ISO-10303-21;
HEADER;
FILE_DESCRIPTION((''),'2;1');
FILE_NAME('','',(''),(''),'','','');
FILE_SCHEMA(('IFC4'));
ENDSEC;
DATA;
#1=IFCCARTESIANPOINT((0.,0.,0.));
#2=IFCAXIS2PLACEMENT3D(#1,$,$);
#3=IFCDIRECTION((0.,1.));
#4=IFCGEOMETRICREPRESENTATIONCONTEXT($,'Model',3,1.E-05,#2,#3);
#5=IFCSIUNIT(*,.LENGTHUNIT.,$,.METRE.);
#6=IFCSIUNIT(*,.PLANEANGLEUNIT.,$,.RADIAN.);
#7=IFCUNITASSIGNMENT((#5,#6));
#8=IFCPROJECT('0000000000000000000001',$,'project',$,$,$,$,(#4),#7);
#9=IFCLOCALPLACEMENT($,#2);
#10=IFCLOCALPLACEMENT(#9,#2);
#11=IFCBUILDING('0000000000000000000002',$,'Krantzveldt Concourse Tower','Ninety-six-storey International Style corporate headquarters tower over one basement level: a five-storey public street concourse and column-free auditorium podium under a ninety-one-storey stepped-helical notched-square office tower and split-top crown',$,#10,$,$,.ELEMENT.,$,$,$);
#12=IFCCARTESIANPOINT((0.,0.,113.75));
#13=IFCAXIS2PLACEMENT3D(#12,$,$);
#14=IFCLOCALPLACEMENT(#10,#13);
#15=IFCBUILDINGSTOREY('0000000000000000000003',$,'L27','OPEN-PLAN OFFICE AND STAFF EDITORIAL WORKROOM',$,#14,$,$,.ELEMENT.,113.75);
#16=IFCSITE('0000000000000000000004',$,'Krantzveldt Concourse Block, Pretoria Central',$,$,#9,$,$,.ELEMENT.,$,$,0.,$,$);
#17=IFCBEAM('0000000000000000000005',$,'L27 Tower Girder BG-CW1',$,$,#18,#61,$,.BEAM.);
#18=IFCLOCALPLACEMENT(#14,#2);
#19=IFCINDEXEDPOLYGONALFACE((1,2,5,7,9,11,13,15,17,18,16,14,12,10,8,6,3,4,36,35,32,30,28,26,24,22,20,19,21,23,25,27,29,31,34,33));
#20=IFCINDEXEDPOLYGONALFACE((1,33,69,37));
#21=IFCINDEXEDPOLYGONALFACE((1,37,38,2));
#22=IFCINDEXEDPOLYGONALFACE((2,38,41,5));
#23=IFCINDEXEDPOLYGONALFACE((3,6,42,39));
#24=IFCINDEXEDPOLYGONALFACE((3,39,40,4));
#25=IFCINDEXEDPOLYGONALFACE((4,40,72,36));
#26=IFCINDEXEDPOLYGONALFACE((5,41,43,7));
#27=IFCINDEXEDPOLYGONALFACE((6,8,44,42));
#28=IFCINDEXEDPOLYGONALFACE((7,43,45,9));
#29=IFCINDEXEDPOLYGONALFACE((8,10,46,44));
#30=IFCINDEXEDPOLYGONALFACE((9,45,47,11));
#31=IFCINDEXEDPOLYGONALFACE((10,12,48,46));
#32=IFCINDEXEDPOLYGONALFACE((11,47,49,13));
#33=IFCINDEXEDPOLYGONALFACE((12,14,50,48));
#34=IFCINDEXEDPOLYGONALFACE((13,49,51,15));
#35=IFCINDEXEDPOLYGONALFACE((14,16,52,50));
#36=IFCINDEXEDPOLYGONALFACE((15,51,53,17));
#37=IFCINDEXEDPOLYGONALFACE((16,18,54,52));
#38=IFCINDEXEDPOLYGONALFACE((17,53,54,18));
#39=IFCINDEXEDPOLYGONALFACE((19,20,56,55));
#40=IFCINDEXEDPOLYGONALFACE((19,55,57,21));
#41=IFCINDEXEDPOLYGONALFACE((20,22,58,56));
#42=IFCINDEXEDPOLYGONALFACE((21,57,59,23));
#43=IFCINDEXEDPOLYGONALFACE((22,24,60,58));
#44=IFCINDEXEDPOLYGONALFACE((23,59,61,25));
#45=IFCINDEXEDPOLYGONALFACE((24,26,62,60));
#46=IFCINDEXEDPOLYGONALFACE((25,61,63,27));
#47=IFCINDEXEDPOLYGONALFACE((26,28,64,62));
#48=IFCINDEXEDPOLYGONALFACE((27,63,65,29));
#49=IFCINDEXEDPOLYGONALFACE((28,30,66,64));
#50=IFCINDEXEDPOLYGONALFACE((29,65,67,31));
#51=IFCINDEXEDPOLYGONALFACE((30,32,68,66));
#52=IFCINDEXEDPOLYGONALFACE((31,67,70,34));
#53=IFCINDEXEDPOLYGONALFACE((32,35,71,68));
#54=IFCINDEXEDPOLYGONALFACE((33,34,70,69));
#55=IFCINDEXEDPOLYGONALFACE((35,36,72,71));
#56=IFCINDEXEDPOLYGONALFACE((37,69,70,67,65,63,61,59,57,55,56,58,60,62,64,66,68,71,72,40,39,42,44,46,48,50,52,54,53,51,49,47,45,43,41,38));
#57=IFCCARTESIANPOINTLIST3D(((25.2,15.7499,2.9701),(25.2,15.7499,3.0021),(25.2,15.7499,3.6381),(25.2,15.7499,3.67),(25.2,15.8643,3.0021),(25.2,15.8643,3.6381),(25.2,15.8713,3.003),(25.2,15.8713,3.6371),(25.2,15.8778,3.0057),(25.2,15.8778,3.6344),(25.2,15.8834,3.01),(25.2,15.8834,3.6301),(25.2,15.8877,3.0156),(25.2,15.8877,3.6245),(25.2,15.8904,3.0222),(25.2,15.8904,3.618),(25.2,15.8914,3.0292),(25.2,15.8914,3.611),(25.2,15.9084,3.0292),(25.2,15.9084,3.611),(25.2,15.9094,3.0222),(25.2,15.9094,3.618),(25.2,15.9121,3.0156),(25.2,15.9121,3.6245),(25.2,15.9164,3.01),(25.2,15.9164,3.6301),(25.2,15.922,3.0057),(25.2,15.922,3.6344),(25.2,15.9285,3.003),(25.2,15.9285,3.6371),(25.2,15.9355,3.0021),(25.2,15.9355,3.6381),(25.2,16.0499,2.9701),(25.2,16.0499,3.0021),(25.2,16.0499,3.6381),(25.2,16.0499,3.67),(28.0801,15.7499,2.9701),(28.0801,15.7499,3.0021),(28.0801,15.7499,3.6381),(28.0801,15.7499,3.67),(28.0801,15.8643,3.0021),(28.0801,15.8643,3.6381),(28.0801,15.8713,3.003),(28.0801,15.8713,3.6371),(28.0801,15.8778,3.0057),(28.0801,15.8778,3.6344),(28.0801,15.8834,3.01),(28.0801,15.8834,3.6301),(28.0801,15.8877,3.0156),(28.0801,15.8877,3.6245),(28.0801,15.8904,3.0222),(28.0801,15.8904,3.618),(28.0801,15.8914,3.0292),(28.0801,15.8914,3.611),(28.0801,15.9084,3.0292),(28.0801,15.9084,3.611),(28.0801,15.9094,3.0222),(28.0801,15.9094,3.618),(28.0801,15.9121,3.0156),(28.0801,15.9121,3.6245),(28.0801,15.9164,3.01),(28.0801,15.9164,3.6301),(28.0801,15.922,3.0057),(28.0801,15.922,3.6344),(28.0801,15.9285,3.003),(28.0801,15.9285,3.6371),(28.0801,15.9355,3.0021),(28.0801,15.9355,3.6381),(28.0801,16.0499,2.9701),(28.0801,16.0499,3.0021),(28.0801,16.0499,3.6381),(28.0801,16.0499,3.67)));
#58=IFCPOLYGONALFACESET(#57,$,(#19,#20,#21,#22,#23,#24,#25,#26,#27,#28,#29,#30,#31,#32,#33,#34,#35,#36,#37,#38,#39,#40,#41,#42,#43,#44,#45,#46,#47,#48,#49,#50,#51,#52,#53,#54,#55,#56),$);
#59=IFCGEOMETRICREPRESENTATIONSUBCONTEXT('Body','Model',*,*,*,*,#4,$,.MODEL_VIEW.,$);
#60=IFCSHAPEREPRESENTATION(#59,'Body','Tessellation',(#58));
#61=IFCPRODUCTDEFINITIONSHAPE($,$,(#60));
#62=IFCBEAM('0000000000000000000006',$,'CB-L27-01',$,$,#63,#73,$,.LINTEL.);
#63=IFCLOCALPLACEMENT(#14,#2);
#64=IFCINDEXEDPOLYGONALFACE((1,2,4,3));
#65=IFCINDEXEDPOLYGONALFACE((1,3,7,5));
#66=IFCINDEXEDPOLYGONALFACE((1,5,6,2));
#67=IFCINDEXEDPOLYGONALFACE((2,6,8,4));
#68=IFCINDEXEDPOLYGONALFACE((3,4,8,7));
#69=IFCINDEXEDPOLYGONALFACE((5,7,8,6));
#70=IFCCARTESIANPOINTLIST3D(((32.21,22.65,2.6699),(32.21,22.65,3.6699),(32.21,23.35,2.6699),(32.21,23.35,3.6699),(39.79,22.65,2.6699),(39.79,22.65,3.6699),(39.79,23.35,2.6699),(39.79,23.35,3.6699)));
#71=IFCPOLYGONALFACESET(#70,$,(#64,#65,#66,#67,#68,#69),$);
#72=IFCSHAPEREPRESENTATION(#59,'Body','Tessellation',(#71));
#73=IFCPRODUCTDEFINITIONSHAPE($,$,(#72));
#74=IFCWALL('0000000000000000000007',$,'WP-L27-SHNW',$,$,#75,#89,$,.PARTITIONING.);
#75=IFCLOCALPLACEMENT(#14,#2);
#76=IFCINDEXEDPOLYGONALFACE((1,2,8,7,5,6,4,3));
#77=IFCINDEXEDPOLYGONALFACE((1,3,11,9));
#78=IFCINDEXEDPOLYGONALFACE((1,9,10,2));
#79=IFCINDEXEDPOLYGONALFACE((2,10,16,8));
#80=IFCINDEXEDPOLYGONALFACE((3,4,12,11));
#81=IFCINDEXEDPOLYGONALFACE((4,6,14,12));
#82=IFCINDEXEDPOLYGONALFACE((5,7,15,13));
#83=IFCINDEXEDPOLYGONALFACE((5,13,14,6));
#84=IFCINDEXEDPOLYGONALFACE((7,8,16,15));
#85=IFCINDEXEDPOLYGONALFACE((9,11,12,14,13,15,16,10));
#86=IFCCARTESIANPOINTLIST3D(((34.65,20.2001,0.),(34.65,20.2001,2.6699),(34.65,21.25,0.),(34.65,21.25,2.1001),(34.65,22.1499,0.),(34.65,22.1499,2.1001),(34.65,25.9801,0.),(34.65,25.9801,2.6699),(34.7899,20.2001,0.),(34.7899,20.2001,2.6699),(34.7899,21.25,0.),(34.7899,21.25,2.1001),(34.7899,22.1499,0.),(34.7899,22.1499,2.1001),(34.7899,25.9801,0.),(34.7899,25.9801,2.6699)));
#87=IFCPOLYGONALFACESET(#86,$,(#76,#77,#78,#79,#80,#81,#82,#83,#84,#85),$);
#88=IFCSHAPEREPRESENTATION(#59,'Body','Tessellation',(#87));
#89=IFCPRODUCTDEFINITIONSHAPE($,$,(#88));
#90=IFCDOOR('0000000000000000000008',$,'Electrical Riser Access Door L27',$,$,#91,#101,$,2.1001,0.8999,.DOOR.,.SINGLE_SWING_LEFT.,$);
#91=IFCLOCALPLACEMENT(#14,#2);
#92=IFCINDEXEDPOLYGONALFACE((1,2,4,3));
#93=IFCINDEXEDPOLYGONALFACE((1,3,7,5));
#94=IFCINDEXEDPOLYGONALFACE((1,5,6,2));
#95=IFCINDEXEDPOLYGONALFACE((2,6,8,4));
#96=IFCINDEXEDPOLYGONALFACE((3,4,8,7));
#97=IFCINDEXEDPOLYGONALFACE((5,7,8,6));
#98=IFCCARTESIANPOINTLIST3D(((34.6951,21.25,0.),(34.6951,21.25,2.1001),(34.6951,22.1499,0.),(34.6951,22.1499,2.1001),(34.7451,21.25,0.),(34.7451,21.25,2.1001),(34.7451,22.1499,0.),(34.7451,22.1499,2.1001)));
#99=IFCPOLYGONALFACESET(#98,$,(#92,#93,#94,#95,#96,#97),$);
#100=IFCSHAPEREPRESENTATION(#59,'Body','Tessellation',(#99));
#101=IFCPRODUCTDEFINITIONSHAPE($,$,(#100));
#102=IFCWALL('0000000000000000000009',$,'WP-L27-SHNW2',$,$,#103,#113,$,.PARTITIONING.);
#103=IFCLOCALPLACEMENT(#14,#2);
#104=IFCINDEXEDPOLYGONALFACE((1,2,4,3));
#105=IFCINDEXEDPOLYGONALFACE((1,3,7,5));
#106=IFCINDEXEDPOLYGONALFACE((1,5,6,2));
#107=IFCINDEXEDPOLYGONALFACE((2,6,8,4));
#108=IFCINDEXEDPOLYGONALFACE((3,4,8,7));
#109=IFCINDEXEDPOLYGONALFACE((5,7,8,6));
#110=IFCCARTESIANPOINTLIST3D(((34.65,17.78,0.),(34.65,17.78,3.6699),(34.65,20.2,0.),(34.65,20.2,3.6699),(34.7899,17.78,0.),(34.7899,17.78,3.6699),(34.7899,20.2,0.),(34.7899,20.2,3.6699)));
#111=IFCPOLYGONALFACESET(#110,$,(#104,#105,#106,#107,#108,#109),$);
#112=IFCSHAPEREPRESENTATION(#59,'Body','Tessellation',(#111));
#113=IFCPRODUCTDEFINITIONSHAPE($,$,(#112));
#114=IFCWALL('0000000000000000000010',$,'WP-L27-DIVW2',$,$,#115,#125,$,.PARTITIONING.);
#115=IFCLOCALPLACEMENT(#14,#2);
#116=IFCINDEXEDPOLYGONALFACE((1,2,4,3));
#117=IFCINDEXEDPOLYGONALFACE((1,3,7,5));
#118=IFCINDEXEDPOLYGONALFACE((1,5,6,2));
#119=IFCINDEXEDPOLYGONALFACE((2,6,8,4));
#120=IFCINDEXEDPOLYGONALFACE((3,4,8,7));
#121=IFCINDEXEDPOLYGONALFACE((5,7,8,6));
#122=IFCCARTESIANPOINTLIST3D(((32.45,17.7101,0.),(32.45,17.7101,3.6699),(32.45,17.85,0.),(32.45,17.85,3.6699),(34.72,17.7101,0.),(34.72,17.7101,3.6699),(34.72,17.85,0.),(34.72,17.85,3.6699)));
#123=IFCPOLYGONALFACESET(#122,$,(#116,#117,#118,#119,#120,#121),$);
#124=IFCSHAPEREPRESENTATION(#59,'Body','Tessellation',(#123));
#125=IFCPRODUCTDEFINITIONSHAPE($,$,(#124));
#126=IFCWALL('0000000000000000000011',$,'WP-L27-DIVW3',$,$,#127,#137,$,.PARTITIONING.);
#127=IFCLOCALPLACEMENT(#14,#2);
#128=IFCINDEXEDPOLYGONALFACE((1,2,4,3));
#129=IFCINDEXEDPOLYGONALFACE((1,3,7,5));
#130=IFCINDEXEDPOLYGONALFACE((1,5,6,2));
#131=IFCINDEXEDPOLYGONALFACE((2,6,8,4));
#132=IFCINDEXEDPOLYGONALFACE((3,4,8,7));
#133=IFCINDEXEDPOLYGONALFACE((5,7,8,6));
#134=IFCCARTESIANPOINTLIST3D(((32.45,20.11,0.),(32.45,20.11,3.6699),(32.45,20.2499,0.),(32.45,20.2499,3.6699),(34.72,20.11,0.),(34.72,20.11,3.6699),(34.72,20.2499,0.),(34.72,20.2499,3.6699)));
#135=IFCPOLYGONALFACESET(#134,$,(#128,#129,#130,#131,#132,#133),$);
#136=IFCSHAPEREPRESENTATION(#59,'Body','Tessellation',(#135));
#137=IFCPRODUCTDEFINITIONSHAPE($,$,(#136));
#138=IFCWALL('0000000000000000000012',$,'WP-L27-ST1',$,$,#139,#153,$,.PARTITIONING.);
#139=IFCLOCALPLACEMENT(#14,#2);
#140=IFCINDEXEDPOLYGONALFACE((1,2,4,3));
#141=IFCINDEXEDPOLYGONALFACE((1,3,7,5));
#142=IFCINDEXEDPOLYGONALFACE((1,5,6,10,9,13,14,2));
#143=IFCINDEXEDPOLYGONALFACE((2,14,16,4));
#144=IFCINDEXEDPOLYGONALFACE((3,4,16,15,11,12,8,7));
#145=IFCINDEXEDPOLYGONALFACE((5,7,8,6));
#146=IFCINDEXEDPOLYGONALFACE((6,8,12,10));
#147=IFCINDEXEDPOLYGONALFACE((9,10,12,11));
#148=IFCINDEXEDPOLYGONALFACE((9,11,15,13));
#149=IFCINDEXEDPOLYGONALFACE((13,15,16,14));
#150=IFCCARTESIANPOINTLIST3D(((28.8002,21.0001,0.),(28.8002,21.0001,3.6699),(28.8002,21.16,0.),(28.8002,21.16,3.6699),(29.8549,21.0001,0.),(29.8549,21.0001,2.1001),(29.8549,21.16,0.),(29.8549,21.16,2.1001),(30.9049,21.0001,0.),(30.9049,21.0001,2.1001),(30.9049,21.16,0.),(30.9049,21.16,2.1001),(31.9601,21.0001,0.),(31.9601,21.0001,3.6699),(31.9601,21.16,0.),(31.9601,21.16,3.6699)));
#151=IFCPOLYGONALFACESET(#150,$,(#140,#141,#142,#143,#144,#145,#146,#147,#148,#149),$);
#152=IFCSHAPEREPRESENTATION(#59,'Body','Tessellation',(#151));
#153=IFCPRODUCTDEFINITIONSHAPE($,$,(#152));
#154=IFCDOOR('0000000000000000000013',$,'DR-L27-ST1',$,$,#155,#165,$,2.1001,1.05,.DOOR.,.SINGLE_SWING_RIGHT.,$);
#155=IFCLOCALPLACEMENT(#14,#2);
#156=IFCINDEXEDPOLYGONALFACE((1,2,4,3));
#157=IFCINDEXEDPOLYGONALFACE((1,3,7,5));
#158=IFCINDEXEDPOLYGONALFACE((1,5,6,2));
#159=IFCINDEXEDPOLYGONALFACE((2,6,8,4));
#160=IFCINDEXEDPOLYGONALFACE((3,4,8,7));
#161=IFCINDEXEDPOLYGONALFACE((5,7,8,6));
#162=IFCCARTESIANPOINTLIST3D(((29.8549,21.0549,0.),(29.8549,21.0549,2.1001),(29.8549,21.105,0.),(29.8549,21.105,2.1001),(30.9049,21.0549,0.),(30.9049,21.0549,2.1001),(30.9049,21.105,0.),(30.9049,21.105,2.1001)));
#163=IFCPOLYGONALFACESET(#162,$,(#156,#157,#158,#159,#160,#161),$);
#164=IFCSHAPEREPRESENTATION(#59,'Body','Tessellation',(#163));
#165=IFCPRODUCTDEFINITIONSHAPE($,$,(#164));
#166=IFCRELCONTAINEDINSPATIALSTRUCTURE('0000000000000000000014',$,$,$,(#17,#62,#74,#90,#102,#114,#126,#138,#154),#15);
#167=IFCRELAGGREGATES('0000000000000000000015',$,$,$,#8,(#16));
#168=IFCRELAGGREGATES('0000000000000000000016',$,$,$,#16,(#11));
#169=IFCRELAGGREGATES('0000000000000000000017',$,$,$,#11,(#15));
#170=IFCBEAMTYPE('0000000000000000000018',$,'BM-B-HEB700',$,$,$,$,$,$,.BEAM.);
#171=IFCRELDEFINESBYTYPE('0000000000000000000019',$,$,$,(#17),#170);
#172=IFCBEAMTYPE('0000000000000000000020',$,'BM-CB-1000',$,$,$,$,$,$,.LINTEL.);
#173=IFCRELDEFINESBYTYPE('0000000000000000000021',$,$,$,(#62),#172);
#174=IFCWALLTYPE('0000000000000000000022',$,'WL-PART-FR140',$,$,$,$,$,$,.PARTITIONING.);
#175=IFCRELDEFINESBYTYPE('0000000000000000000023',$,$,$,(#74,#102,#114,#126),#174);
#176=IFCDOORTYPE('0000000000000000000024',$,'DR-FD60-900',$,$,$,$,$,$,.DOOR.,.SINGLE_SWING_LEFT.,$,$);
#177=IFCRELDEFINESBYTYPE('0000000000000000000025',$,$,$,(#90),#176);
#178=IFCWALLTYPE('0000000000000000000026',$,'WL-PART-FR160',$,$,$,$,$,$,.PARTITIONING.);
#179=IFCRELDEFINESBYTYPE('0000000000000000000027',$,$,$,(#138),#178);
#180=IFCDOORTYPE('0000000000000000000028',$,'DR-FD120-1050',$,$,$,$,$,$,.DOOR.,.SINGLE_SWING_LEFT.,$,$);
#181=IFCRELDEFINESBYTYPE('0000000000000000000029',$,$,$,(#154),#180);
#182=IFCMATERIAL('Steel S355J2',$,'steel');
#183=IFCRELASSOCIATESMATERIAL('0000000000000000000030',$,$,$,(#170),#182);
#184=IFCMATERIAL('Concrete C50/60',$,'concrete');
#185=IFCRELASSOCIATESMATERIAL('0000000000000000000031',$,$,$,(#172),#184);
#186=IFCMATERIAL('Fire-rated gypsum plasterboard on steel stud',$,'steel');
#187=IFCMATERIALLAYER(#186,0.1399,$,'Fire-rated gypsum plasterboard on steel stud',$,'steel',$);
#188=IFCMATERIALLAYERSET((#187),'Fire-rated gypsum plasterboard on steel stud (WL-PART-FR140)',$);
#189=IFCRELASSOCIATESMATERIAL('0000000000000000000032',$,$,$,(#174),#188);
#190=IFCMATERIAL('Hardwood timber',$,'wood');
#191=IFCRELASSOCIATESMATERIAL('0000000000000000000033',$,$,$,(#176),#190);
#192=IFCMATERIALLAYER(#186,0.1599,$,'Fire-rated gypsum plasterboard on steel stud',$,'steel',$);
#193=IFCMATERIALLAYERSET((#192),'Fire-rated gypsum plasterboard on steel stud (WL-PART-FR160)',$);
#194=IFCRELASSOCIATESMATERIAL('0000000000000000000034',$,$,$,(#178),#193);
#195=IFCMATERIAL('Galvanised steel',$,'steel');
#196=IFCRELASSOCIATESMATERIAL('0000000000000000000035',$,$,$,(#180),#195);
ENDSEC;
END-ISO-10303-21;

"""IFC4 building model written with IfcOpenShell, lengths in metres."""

from ifc_helpers import new_model, si_unit, direction, frame, frame_2d, origin, origin_2d, place, context, subcontext, project, spatial, rectangle, i_section, extrude, source, transform, mapped, material, layer, layer_set, material_profile, profile_set, type_object, type_shapes, element, fill, save


model = new_model("IFC4")

# Units and contexts
model_context = context("Model", 3, precision=1e-05, world=origin(), true_north=direction((0.0, 1.0)))
body_context = subcontext(model_context, "Body", "Model", "MODEL_VIEW")
ifc_project = project(units=[si_unit("LENGTHUNIT", "METRE"), si_unit("PLANEANGLEUNIT", "RADIAN")], contexts=[model_context])

# Site, building, storey
site_placement = place(None, origin())
site = spatial("IfcSite", under=ifc_project, at=site_placement, Name="Krantzveldt Concourse Block, Pretoria Central", CompositionType="ELEMENT", RefElevation=0.0)
building_placement = place(site_placement, origin())
building = spatial("IfcBuilding", under=site, at=building_placement, Name="Krantzveldt Concourse Tower", Description="Ninety-six-storey International Style corporate headquarters tower over one basement level: a five-storey public street concourse and column-free auditorium podium under a ninety-one-storey stepped-helical notched-square office tower and split-top crown", CompositionType="ELEMENT")
storey_placement = place(building_placement, frame((0.0, 0.0, 113.75)))
storey = spatial("IfcBuildingStorey", under=building, at=storey_placement, Name="L27", Description="OPEN-PLAN OFFICE AND STAFF EDITORIAL WORKROOM", CompositionType="ELEMENT", Elevation=113.75)

# Beams
ifc_material_1 = material(Name="Steel S355J2", Category="steel")
ifc_material_profile_1 = material_profile(ifc_material_1, i_section(OverallWidth=0.3, OverallDepth=0.7, WebThickness=0.0171, FlangeThickness=0.032, FilletRadius=0.0271, at=origin_2d()), Name="Steel S355J2", Category="steel")
ifc_profile_set_1 = profile_set([ifc_material_profile_1], Name="Steel S355J2 - HEB 700")
beam_type_1 = type_object("IfcBeamType", Name="BM-B-HEB700", PredefinedType="BEAM", material=ifc_profile_set_1)
shared_shape_1 = source(origin(), body_context, "Body", "SweptSolid", [
    extrude(i_section(OverallWidth=0.3, OverallDepth=0.7, WebThickness=0.0171, FlangeThickness=0.032, FilletRadius=0.0271, at=origin_2d()), origin(), (0.0, 0.0, 1.0), 2.8801),
])
type_shapes(beam_type_1, [shared_shape_1])
beam_1_placement = place(storey_placement, frame((25.2, 15.8999, 3.3201), z_axis=(1.0, 0.0, 0.0), x_axis=(0.0, 1.0, 0.0)))
element("IfcBeam", 1, at=beam_1_placement, inside=storey, type_object=beam_type_1, Name="L27 Tower Girder BG-CW1", PredefinedType="BEAM", context=body_context, shape_type="MappedRepresentation", body=[
    mapped(shared_shape_1, transform((0.0, 0.0, 0.0), x_axis=(1.0, 0.0, 0.0), y_axis=(0.0, 1.0, 0.0), z_axis=(0.0, 0.0, 1.0), scale=1.0)),
])
ifc_material_2 = material(Name="Concrete C50/60", Category="concrete")
ifc_material_profile_2 = material_profile(ifc_material_2, rectangle(XDim=0.7, YDim=1.0, at=origin_2d()), Name="Concrete C50/60", Category="concrete")
ifc_profile_set_2 = profile_set([ifc_material_profile_2], Name="Concrete C50/60 - RC-CB 700x1000")
beam_type_2 = type_object("IfcBeamType", Name="BM-CB-1000", PredefinedType="LINTEL", material=ifc_profile_set_2)
shared_shape_2 = source(origin(), body_context, "Body", "SweptSolid", [
    extrude(rectangle(XDim=0.7, YDim=1.0, at=origin_2d()), origin(), (0.0, 0.0, 1.0), 7.5801),
])
type_shapes(beam_type_2, [shared_shape_2])
beam_2_placement = place(storey_placement, frame((32.21, 23.0, 3.1699), z_axis=(1.0, 0.0, 0.0), x_axis=(0.0, 1.0, 0.0)))
element("IfcBeam", 2, at=beam_2_placement, inside=storey, type_object=beam_type_2, Name="CB-L27-01", PredefinedType="LINTEL", context=body_context, shape_type="MappedRepresentation", body=[
    mapped(shared_shape_2, transform((0.0, 0.0, 0.0), x_axis=(1.0, 0.0, 0.0), y_axis=(0.0, 1.0, 0.0), z_axis=(0.0, 0.0, 1.0), scale=1.0)),
])

# Wall, opening, door
ifc_material_3 = material(Name="Fire-rated gypsum plasterboard on steel stud", Category="steel")
ifc_layer_1 = layer(ifc_material_3, 0.1399, Name="Fire-rated gypsum plasterboard on steel stud", Category="steel")
ifc_layer_set_1 = layer_set([ifc_layer_1], Name="Fire-rated gypsum plasterboard on steel stud (WL-PART-FR140)")
wall_type_1 = type_object("IfcWallType", Name="WL-PART-FR140", PredefinedType="PARTITIONING", material=ifc_layer_set_1)
wall_1_placement = place(storey_placement, frame((34.72, 20.2, 0.0), z_axis=(0.0, 0.0, 1.0), x_axis=(0.0, 1.0, 0.0)))
wall_1 = element("IfcWall", 3, at=wall_1_placement, inside=storey, type_object=wall_type_1, Name="WP-L27-SHNW", PredefinedType="PARTITIONING", context=body_context, shape_type="SweptSolid", body=[
    extrude(rectangle(XDim=5.78, YDim=0.1399, at=frame_2d((2.8901, 0.0))), origin(), (0.0, 0.0, 1.0), 2.6699),
])
opening_1_placement = place(wall_1_placement, frame((1.05, 0.0, 0.0)))
opening_1 = element("IfcOpeningElement", 4, at=opening_1_placement, cuts=wall_1, PredefinedType="OPENING", context=body_context, shape_type="SweptSolid", body=[
    extrude(rectangle(XDim=0.8999, YDim=2.1001, at=frame_2d((0.45, 1.05))), frame((0.0, 0.0801, 0.0), z_axis=(0.0, -1.0, 0.0), x_axis=(1.0, 0.0, 0.0)), (0.0, 0.0, 1.0), 0.1599),
])
ifc_material_4 = material(Name="Hardwood timber", Category="wood")
door_type_1 = type_object("IfcDoorType", Name="DR-FD60-900", OperationType="SINGLE_SWING_LEFT", PredefinedType="DOOR", material=ifc_material_4)
door_1_placement = place(opening_1_placement, origin())
door_1 = element("IfcDoor", 5, at=door_1_placement, inside=storey, type_object=door_type_1, Name="Electrical Riser Access Door L27", OperationType="SINGLE_SWING_LEFT", OverallHeight=2.1001, OverallWidth=0.8999, PredefinedType="DOOR", context=body_context, shape_type="SweptSolid", body=[
    extrude(rectangle(XDim=0.8999, YDim=2.1001, at=frame_2d((0.45, 1.05))), frame((0.0, 0.0249, 0.0), z_axis=(0.0, -1.0, 0.0), x_axis=(1.0, 0.0, 0.0)), (0.0, 0.0, 1.0), 0.05),
])
fill(opening_1, door_1)

# Walls
wall_2_placement = place(storey_placement, frame((34.72, 17.78, 0.0), z_axis=(0.0, 0.0, 1.0), x_axis=(0.0, 1.0, 0.0)))
element("IfcWall", 6, at=wall_2_placement, inside=storey, type_object=wall_type_1, Name="WP-L27-SHNW2", PredefinedType="PARTITIONING", context=body_context, shape_type="SweptSolid", body=[
    extrude(rectangle(XDim=2.4199, YDim=0.1399, at=frame_2d((1.21, 0.0))), origin(), (0.0, 0.0, 1.0), 3.6699),
])
for number, where, z_axis, x_axis, name in (
    (7, (32.45, 17.78, 0.0), (0.0, 0.0, 1.0), (1.0, 0.0, 0.0), "WP-L27-DIVW2"),
    (8, (32.45, 20.1799, 0.0), (0.0, 0.0, 1.0), (1.0, 0.0, 0.0), "WP-L27-DIVW3"),
):
    element("IfcWall", number, at=place(storey_placement, frame(where, z_axis=z_axis, x_axis=x_axis)), inside=storey, type_object=wall_type_1, Name=name, PredefinedType="PARTITIONING", context=body_context, shape_type="SweptSolid", body=[
        extrude(rectangle(XDim=2.27, YDim=0.1399, at=frame_2d((1.135, 0.0))), origin(), (0.0, 0.0, 1.0), 3.6699),
    ])

# Wall, opening, door
ifc_layer_2 = layer(ifc_material_3, 0.1599, Name="Fire-rated gypsum plasterboard on steel stud", Category="steel")
ifc_layer_set_2 = layer_set([ifc_layer_2], Name="Fire-rated gypsum plasterboard on steel stud (WL-PART-FR160)")
wall_type_2 = type_object("IfcWallType", Name="WL-PART-FR160", PredefinedType="PARTITIONING", material=ifc_layer_set_2)
wall_3_placement = place(storey_placement, frame((28.8, 21.0801, 0.0), z_axis=(0.0, 0.0, 1.0), x_axis=(1.0, 0.0, 0.0)))
wall_3 = element("IfcWall", 9, at=wall_3_placement, inside=storey, type_object=wall_type_2, Name="WP-L27-ST1", PredefinedType="PARTITIONING", context=body_context, shape_type="SweptSolid", body=[
    extrude(rectangle(XDim=3.1599, YDim=0.1599, at=frame_2d((1.5801, 0.0))), origin(), (0.0, 0.0, 1.0), 3.6699),
])
opening_2_placement = place(wall_3_placement, frame((1.0549, 0.0, 0.0)))
opening_2 = element("IfcOpeningElement", 10, at=opening_2_placement, cuts=wall_3, PredefinedType="OPENING", context=body_context, shape_type="SweptSolid", body=[
    extrude(rectangle(XDim=1.05, YDim=2.1001, at=frame_2d((0.5249, 1.05))), frame((0.0, 0.0898, 0.0), z_axis=(0.0, -1.0, 0.0), x_axis=(1.0, 0.0, 0.0)), (0.0, 0.0, 1.0), 0.1799),
])
ifc_material_5 = material(Name="Galvanised steel", Category="steel")
door_type_2 = type_object("IfcDoorType", Name="DR-FD120-1050", OperationType="SINGLE_SWING_LEFT", PredefinedType="DOOR", material=ifc_material_5)
door_2_placement = place(opening_2_placement, origin())
door_2 = element("IfcDoor", 11, at=door_2_placement, inside=storey, type_object=door_type_2, Name="DR-L27-ST1", OperationType="SINGLE_SWING_RIGHT", OverallHeight=2.1001, OverallWidth=1.05, PredefinedType="DOOR", context=body_context, shape_type="SweptSolid", body=[
    extrude(rectangle(XDim=1.05, YDim=2.1001, at=frame_2d((0.5249, 1.05))), frame((0.0, 0.0249, 0.0), z_axis=(0.0, -1.0, 0.0), x_axis=(1.0, 0.0, 0.0)), (0.0, 0.0, 1.0), 0.05),
])
fill(opening_2, door_2)

save(model, "model.ifc")
